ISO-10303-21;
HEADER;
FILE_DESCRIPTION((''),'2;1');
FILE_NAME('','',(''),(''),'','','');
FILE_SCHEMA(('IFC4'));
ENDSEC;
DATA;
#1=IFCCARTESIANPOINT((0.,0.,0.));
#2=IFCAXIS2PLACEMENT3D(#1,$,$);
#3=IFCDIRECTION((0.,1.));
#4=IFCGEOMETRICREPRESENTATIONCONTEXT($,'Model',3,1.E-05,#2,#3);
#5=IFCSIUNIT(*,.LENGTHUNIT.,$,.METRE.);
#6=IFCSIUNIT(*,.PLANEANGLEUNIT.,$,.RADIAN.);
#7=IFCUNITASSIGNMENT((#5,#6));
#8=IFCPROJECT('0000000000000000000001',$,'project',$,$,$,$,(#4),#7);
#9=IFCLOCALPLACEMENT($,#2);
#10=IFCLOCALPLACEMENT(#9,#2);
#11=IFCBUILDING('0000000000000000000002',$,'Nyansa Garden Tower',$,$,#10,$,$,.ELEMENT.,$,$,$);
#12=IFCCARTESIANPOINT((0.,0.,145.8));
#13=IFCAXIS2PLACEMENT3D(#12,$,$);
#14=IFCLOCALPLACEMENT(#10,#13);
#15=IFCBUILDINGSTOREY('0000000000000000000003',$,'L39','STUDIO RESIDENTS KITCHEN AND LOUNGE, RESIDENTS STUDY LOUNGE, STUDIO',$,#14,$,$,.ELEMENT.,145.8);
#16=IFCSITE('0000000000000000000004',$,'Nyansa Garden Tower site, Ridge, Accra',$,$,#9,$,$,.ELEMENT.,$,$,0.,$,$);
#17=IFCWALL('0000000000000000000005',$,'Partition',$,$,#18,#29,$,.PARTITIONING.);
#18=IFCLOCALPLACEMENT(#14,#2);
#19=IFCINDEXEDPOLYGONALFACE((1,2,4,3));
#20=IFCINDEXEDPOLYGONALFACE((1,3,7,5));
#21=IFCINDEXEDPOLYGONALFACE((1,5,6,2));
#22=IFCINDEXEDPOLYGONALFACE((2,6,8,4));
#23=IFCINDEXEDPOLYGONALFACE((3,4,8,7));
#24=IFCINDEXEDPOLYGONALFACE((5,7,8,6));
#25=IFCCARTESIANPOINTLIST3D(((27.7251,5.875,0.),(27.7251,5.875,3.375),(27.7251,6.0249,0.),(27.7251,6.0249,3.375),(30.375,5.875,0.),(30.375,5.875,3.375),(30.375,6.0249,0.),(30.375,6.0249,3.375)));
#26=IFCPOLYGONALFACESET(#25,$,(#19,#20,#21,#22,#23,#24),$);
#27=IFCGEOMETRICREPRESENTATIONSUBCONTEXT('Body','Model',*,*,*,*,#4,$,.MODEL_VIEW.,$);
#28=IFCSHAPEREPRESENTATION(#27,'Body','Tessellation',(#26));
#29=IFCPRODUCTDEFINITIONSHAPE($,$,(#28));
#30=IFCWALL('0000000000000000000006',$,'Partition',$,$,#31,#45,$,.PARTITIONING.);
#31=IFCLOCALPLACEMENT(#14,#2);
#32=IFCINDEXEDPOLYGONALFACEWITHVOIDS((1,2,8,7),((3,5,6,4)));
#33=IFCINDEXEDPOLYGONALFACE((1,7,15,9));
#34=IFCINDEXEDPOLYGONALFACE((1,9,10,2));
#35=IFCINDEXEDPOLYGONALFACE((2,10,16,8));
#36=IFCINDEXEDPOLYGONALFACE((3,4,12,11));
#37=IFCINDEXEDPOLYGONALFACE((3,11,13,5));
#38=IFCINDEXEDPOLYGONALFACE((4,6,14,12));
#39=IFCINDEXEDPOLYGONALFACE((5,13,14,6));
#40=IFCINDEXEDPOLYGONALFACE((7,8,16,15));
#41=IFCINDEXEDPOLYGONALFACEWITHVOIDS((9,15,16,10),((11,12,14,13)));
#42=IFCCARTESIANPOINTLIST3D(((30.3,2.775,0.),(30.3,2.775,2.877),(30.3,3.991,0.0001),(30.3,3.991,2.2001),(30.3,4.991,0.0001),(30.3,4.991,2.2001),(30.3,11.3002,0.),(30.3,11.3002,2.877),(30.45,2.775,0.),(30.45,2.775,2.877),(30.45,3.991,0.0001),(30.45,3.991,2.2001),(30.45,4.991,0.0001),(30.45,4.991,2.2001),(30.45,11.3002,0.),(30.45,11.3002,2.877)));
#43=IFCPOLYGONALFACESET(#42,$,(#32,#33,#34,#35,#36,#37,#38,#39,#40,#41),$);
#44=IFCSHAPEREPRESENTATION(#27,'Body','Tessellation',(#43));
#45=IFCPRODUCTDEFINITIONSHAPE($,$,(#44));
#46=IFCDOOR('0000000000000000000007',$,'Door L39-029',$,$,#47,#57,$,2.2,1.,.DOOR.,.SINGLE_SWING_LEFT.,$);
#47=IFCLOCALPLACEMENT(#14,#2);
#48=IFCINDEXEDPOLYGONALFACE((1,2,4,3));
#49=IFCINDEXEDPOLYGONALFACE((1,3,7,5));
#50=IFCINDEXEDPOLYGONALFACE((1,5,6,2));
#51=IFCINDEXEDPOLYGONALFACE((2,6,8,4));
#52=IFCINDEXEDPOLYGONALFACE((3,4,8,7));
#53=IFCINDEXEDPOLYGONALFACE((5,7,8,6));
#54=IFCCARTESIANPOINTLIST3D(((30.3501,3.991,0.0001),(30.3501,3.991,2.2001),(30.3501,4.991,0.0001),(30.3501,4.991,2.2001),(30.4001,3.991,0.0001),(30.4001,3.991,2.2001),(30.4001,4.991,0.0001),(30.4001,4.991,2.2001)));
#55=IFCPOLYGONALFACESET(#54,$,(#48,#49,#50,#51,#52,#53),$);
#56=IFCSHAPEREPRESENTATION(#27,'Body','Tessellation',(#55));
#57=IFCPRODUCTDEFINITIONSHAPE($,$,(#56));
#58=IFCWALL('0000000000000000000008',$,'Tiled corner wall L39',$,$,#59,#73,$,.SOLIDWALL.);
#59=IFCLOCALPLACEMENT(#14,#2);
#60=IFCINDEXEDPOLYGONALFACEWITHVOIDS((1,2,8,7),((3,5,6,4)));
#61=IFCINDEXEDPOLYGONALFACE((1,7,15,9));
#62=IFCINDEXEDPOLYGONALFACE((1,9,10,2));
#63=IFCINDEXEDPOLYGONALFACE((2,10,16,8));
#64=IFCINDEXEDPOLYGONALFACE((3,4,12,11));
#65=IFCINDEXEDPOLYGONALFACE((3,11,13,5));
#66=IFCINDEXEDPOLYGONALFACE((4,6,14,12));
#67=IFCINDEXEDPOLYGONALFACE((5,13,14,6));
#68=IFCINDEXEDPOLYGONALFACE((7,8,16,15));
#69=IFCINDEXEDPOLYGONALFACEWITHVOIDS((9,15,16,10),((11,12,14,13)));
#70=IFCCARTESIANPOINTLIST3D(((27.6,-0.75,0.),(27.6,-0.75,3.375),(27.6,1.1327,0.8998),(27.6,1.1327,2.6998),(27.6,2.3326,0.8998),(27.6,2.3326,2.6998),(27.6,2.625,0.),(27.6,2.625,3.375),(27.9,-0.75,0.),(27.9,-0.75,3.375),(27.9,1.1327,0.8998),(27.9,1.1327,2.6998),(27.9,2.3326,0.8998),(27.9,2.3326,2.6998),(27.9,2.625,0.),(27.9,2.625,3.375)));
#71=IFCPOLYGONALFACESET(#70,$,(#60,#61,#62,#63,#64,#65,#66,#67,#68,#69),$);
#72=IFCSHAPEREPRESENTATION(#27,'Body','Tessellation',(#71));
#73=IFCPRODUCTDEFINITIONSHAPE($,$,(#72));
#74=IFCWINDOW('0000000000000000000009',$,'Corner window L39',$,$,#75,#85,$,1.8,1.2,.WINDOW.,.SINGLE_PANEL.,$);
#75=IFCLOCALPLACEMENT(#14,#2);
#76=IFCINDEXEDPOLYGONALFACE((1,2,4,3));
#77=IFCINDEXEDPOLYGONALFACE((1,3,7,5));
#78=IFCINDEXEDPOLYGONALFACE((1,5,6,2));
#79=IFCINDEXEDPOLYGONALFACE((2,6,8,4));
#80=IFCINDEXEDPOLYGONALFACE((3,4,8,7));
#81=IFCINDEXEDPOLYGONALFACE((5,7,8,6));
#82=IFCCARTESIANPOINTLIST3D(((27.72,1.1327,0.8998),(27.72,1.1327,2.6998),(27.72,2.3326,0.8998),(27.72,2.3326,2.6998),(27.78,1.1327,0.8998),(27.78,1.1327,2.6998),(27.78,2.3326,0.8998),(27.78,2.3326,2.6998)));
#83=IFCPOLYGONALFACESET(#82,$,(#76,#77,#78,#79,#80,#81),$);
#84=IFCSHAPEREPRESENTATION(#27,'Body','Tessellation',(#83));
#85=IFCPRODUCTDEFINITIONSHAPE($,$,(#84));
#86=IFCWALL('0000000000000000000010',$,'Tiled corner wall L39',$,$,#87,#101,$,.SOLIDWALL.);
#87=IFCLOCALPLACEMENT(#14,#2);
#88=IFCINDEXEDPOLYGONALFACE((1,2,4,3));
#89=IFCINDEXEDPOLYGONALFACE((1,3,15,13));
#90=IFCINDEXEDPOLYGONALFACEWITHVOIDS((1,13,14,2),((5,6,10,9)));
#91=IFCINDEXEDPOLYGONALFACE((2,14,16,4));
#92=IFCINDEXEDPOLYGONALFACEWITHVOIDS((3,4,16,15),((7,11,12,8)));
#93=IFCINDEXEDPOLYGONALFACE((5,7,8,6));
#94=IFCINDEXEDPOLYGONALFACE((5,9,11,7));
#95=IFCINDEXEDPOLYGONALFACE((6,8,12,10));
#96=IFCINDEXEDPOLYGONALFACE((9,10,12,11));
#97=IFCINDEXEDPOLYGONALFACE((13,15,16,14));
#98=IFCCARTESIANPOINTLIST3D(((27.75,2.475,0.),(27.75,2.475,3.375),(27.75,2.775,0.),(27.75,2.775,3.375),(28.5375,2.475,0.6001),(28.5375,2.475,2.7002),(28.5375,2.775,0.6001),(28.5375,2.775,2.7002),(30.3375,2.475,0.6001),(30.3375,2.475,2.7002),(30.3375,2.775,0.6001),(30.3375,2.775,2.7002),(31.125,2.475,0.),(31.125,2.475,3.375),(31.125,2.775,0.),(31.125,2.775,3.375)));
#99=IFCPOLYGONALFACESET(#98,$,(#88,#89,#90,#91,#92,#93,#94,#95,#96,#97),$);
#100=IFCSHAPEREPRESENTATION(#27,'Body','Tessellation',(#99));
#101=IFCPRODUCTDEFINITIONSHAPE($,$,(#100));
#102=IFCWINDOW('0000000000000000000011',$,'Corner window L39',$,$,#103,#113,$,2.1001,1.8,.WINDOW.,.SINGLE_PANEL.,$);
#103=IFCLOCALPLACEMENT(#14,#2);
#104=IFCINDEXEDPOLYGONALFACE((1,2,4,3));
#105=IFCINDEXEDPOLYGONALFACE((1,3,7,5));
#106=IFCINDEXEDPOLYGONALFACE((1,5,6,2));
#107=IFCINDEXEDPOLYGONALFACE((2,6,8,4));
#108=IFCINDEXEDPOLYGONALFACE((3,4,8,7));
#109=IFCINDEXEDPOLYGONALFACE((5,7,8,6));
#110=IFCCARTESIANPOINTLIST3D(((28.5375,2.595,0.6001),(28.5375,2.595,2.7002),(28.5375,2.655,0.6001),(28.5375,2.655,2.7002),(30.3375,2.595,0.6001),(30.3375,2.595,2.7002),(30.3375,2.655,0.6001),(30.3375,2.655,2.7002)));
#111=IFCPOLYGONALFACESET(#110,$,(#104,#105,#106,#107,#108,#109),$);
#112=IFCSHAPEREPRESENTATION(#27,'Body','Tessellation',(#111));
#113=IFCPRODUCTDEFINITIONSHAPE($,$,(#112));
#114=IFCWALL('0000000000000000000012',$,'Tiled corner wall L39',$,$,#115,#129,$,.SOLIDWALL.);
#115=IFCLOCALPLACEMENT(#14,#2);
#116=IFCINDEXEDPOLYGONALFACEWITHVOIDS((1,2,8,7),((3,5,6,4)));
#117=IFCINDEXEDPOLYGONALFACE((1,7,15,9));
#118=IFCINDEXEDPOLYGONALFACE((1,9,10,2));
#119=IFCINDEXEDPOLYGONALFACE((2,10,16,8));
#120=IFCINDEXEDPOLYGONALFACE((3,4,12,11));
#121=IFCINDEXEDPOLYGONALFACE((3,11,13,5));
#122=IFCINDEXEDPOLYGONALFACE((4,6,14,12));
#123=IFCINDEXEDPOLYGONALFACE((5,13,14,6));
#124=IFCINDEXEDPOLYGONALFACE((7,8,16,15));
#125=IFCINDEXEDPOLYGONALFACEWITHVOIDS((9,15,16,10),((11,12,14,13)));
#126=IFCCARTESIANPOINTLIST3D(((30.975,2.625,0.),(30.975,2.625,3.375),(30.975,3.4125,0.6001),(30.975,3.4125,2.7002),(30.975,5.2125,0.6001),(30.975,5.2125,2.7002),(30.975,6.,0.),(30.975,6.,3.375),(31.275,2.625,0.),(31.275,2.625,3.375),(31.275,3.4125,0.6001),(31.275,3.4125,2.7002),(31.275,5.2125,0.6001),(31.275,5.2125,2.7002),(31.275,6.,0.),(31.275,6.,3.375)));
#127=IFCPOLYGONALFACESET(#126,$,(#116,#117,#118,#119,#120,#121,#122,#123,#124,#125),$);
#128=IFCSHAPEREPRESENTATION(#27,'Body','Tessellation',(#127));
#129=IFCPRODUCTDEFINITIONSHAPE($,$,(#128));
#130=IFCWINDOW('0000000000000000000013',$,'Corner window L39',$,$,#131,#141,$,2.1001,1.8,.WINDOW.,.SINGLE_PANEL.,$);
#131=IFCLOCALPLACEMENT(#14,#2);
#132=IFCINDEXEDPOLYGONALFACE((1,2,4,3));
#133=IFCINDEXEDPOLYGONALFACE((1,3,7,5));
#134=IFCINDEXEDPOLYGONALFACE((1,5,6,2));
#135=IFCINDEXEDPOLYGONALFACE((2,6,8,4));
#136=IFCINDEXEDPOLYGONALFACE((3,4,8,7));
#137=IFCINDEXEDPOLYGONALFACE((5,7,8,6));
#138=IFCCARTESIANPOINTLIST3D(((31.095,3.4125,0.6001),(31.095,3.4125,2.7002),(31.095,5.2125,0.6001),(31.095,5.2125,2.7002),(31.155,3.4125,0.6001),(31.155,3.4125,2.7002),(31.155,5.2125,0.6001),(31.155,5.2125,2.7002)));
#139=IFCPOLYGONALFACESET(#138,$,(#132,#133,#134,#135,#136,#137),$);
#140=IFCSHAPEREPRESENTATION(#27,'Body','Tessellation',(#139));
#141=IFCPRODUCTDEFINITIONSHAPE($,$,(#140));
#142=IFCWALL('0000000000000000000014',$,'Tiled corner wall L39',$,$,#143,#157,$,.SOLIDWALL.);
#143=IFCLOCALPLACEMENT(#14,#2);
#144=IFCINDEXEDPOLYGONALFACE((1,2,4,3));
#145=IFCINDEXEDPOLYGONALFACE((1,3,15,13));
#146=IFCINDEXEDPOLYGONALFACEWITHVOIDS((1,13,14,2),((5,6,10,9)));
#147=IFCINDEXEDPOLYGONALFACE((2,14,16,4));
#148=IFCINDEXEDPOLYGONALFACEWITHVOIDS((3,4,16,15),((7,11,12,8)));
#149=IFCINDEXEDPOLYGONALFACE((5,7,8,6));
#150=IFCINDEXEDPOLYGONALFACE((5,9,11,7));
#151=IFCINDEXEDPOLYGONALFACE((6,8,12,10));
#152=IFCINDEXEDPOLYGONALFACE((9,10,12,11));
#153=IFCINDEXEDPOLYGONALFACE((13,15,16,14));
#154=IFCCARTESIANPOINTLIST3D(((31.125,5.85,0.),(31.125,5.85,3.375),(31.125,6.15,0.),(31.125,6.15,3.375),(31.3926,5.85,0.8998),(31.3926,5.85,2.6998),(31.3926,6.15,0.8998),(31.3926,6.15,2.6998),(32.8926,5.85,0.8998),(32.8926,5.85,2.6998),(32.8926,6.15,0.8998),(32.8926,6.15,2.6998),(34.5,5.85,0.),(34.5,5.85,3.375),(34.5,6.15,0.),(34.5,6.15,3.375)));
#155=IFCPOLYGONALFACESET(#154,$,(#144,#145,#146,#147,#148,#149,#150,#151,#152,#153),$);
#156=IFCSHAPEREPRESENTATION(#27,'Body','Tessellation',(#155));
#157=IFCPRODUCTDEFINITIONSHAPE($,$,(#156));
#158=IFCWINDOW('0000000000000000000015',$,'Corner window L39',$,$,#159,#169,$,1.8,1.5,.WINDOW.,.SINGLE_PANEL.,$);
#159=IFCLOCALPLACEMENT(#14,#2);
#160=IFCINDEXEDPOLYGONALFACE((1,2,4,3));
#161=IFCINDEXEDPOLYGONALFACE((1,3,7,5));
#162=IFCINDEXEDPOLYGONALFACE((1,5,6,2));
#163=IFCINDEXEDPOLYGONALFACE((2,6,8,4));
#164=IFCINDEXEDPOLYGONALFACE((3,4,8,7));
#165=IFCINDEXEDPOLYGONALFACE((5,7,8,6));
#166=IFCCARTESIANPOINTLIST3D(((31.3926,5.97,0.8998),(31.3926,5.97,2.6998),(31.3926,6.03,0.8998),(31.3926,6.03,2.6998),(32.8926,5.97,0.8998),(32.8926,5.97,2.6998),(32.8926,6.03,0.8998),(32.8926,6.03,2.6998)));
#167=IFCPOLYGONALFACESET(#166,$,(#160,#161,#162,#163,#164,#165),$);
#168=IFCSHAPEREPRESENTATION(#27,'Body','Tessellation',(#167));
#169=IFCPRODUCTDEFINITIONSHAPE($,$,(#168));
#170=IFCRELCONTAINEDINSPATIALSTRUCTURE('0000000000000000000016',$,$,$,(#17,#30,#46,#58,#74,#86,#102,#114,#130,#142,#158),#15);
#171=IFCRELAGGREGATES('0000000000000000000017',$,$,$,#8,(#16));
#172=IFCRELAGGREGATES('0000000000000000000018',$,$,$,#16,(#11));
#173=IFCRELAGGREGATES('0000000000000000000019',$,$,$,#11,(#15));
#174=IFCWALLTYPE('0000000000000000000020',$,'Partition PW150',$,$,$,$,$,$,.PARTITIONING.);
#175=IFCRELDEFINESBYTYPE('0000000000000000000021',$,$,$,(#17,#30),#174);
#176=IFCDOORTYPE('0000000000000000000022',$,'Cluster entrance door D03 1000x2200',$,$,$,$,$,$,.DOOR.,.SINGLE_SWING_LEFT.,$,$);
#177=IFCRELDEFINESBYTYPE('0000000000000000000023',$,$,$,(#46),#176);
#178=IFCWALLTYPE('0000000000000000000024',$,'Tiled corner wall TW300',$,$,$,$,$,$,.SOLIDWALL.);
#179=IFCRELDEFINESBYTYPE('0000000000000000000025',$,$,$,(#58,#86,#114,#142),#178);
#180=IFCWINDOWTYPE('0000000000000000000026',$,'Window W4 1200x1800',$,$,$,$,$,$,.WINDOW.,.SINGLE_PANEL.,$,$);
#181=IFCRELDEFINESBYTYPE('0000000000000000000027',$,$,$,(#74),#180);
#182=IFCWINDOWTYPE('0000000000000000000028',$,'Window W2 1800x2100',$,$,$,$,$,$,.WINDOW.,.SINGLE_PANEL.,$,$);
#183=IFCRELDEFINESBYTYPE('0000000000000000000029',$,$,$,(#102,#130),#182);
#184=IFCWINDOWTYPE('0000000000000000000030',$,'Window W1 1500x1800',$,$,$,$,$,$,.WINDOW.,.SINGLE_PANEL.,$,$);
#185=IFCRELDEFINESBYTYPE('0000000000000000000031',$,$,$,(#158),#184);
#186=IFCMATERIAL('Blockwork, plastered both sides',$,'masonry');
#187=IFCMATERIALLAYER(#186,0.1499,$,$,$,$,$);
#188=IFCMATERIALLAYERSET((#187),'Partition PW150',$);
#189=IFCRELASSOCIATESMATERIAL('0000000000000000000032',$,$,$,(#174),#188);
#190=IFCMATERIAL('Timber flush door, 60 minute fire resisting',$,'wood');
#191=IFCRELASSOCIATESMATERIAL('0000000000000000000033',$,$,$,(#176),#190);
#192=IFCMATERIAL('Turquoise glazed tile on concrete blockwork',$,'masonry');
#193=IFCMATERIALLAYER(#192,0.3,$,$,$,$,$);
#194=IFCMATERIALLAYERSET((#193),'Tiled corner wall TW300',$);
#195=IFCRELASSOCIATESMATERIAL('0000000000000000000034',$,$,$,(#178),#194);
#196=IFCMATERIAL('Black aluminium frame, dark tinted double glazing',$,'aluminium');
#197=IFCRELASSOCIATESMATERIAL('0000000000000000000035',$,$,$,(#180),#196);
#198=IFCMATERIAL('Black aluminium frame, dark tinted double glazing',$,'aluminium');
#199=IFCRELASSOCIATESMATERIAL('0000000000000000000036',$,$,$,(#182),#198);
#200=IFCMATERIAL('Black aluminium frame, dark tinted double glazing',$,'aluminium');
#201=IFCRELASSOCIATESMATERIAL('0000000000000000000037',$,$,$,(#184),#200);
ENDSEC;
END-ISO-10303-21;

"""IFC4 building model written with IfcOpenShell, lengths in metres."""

from ifc_helpers import new_model, si_unit, direction, frame, frame_2d, origin, place, context, subcontext, project, spatial, rectangle, extrude, material, layer, layer_set, type_object, element, fill, save


model = new_model("IFC4")

# Units and contexts
model_context = context("Model", 3, precision=1e-05, world=origin(), true_north=direction((0.0, 1.0)))
body_context = subcontext(model_context, "Body", "Model", "MODEL_VIEW")
ifc_project = project(units=[si_unit("LENGTHUNIT", "METRE"), si_unit("PLANEANGLEUNIT", "RADIAN")], contexts=[model_context])

# Site, building, storey
site_placement = place(None, origin())
site = spatial("IfcSite", under=ifc_project, at=site_placement, Name="Nyansa Garden Tower site, Ridge, Accra", CompositionType="ELEMENT", RefElevation=0.0)
building_placement = place(site_placement, origin())
building = spatial("IfcBuilding", under=site, at=building_placement, Name="Nyansa Garden Tower", CompositionType="ELEMENT")
storey_placement = place(building_placement, frame((0.0, 0.0, 145.8)))
storey = spatial("IfcBuildingStorey", under=building, at=storey_placement, Name="L39", Description="STUDIO RESIDENTS KITCHEN AND LOUNGE, RESIDENTS STUDY LOUNGE, STUDIO", CompositionType="ELEMENT", Elevation=145.8)

# Wall
ifc_material_1 = material(Name="Blockwork, plastered both sides", Category="masonry")
ifc_layer_1 = layer(ifc_material_1, 0.1499)
ifc_layer_set_1 = layer_set([ifc_layer_1], Name="Partition PW150")
wall_type_1 = type_object("IfcWallType", Name="Partition PW150", PredefinedType="PARTITIONING", material=ifc_layer_set_1)
wall_1_placement = place(storey_placement, frame((27.7251, 5.95, 0.0), z_axis=(0.0, 0.0, 1.0), x_axis=(1.0, 0.0, 0.0)))
element("IfcWall", 1, at=wall_1_placement, inside=storey, type_object=wall_type_1, Name="Partition", PredefinedType="PARTITIONING", context=body_context, shape_type="SweptSolid", body=[
    extrude(rectangle(XDim=2.6499, YDim=0.1499, at=frame_2d((1.325, 0.0))), origin(), (0.0, 0.0, 1.0), 3.375),
])

# Wall, opening, door
wall_2_placement = place(storey_placement, frame((30.375, 2.7749, 0.0), z_axis=(0.0, 0.0, 1.0), x_axis=(0.0, 1.0, 0.0)))
wall_2 = element("IfcWall", 2, at=wall_2_placement, inside=storey, type_object=wall_type_1, Name="Partition", PredefinedType="PARTITIONING", context=body_context, shape_type="SweptSolid", body=[
    extrude(rectangle(XDim=8.5251, YDim=0.1499, at=frame_2d((4.2627, 0.0))), origin(), (0.0, 0.0, 1.0), 2.877),
])
opening_1_placement = place(wall_2_placement, frame((1.2161, 0.0, 0.0)))
opening_1 = element("IfcOpeningElement", 3, at=opening_1_placement, cuts=wall_2, PredefinedType="OPENING", context=body_context, shape_type="SweptSolid", body=[
    extrude(rectangle(XDim=1.0, YDim=2.2, at=frame_2d((0.5, 1.1001))), frame((0.0, 0.085, 0.0), z_axis=(0.0, -1.0, 0.0), x_axis=(1.0, 0.0, 0.0)), (0.0, 0.0, 1.0), 0.1699),
])
ifc_material_2 = material(Name="Timber flush door, 60 minute fire resisting", Category="wood")
door_type = type_object("IfcDoorType", Name="Cluster entrance door D03 1000x2200", OperationType="SINGLE_SWING_LEFT", PredefinedType="DOOR", material=ifc_material_2)
door_placement = place(opening_1_placement, origin())
door = element("IfcDoor", 4, at=door_placement, inside=storey, type_object=door_type, Name="Door L39-029", OperationType="SINGLE_SWING_LEFT", OverallHeight=2.2, OverallWidth=1.0, PredefinedType="DOOR", context=body_context, shape_type="SweptSolid", body=[
    extrude(rectangle(XDim=1.0, YDim=2.2, at=frame_2d((0.5, 1.1001))), frame((0.0, 0.0249, 0.0), z_axis=(0.0, -1.0, 0.0), x_axis=(1.0, 0.0, 0.0)), (0.0, 0.0, 1.0), 0.05),
])
fill(opening_1, door)

# Walls, openings, windows
ifc_material_3 = material(Name="Turquoise glazed tile on concrete blockwork", Category="masonry")
ifc_layer_2 = layer(ifc_material_3, 0.3)
ifc_layer_set_2 = layer_set([ifc_layer_2], Name="Tiled corner wall TW300")
wall_type_2 = type_object("IfcWallType", Name="Tiled corner wall TW300", PredefinedType="SOLIDWALL", material=ifc_layer_set_2)
wall_3_placement = place(storey_placement, frame((27.75, -0.75, 0.0), z_axis=(0.0, 0.0, 1.0), x_axis=(0.0, 1.0, 0.0)))
wall_3 = element("IfcWall", 5, at=wall_3_placement, inside=storey, type_object=wall_type_2, Name="Tiled corner wall L39", PredefinedType="SOLIDWALL", context=body_context, shape_type="SweptSolid", body=[
    extrude(rectangle(XDim=3.375, YDim=0.3, at=frame_2d((1.6875, 0.0))), origin(), (0.0, 0.0, 1.0), 3.375),
])
opening_2_placement = place(wall_3_placement, frame((1.8826, 0.0, 0.8999)))
opening_2 = element("IfcOpeningElement", 6, at=opening_2_placement, cuts=wall_3, PredefinedType="OPENING", context=body_context, shape_type="SweptSolid", body=[
    extrude(rectangle(XDim=1.2, YDim=1.8, at=frame_2d((0.6001, 0.8999))), frame((0.0, 0.1599, 0.0), z_axis=(0.0, -1.0, 0.0), x_axis=(1.0, 0.0, 0.0)), (0.0, 0.0, 1.0), 0.3201),
])
ifc_material_4 = material(Name="Black aluminium frame, dark tinted double glazing", Category="aluminium")
window_type_1 = type_object("IfcWindowType", Name="Window W4 1200x1800", PartitioningType="SINGLE_PANEL", PredefinedType="WINDOW", material=ifc_material_4)
window_1_placement = place(opening_2_placement, origin())
window_1 = element("IfcWindow", 7, at=window_1_placement, inside=storey, type_object=window_type_1, Name="Corner window L39", OverallHeight=1.8, OverallWidth=1.2, PartitioningType="SINGLE_PANEL", PredefinedType="WINDOW", context=body_context, shape_type="SweptSolid", body=[
    extrude(rectangle(XDim=1.2, YDim=1.8, at=frame_2d((0.6001, 0.8999))), frame((0.0, 0.03, 0.0), z_axis=(0.0, -1.0, 0.0), x_axis=(1.0, 0.0, 0.0)), (0.0, 0.0, 1.0), 0.0601),
])
fill(opening_2, window_1)
wall_4_placement = place(storey_placement, frame((27.75, 2.625, 0.0), z_axis=(0.0, 0.0, 1.0), x_axis=(1.0, 0.0, 0.0)))
wall_4 = element("IfcWall", 8, at=wall_4_placement, inside=storey, type_object=wall_type_2, Name="Tiled corner wall L39", PredefinedType="SOLIDWALL", context=body_context, shape_type="SweptSolid", body=[
    extrude(rectangle(XDim=3.375, YDim=0.3, at=frame_2d((1.6875, 0.0))), origin(), (0.0, 0.0, 1.0), 3.375),
])
opening_3_placement = place(wall_4_placement, frame((0.7876, 0.0, 0.6001)))
opening_3 = element("IfcOpeningElement", 9, at=opening_3_placement, cuts=wall_4, PredefinedType="OPENING", context=body_context, shape_type="SweptSolid", body=[
    extrude(rectangle(XDim=1.8, YDim=2.1001, at=frame_2d((0.8999, 1.05))), frame((0.0, 0.1599, 0.0), z_axis=(0.0, -1.0, 0.0), x_axis=(1.0, 0.0, 0.0)), (0.0, 0.0, 1.0), 0.3201),
])
ifc_material_5 = material(Name="Black aluminium frame, dark tinted double glazing", Category="aluminium")
window_type_2 = type_object("IfcWindowType", Name="Window W2 1800x2100", PartitioningType="SINGLE_PANEL", PredefinedType="WINDOW", material=ifc_material_5)
window_2_placement = place(opening_3_placement, origin())
window_2 = element("IfcWindow", 10, at=window_2_placement, inside=storey, type_object=window_type_2, Name="Corner window L39", OverallHeight=2.1001, OverallWidth=1.8, PartitioningType="SINGLE_PANEL", PredefinedType="WINDOW", context=body_context, shape_type="SweptSolid", body=[
    extrude(rectangle(XDim=1.8, YDim=2.1001, at=frame_2d((0.8999, 1.05))), frame((0.0, 0.03, 0.0), z_axis=(0.0, -1.0, 0.0), x_axis=(1.0, 0.0, 0.0)), (0.0, 0.0, 1.0), 0.0601),
])
fill(opening_3, window_2)
wall_5_placement = place(storey_placement, frame((31.125, 2.625, 0.0), z_axis=(0.0, 0.0, 1.0), x_axis=(0.0, 1.0, 0.0)))
wall_5 = element("IfcWall", 11, at=wall_5_placement, inside=storey, type_object=wall_type_2, Name="Tiled corner wall L39", PredefinedType="SOLIDWALL", context=body_context, shape_type="SweptSolid", body=[
    extrude(rectangle(XDim=3.375, YDim=0.3, at=frame_2d((1.6875, 0.0))), origin(), (0.0, 0.0, 1.0), 3.375),
])
opening_4_placement = place(wall_5_placement, frame((0.7876, 0.0, 0.6001)))
opening_4 = element("IfcOpeningElement", 12, at=opening_4_placement, cuts=wall_5, PredefinedType="OPENING", context=body_context, shape_type="SweptSolid", body=[
    extrude(rectangle(XDim=1.8, YDim=2.1001, at=frame_2d((0.8999, 1.05))), frame((0.0, 0.1599, 0.0), z_axis=(0.0, -1.0, 0.0), x_axis=(1.0, 0.0, 0.0)), (0.0, 0.0, 1.0), 0.3201),
])
window_3_placement = place(opening_4_placement, origin())
window_3 = element("IfcWindow", 13, at=window_3_placement, inside=storey, type_object=window_type_2, Name="Corner window L39", OverallHeight=2.1001, OverallWidth=1.8, PartitioningType="SINGLE_PANEL", PredefinedType="WINDOW", context=body_context, shape_type="SweptSolid", body=[
    extrude(rectangle(XDim=1.8, YDim=2.1001, at=frame_2d((0.8999, 1.05))), frame((0.0, 0.03, 0.0), z_axis=(0.0, -1.0, 0.0), x_axis=(1.0, 0.0, 0.0)), (0.0, 0.0, 1.0), 0.0601),
])
fill(opening_4, window_3)
wall_6_placement = place(storey_placement, frame((31.125, 6.0, 0.0), z_axis=(0.0, 0.0, 1.0), x_axis=(1.0, 0.0, 0.0)))
wall_6 = element("IfcWall", 14, at=wall_6_placement, inside=storey, type_object=wall_type_2, Name="Tiled corner wall L39", PredefinedType="SOLIDWALL", context=body_context, shape_type="SweptSolid", body=[
    extrude(rectangle(XDim=3.375, YDim=0.3, at=frame_2d((1.6875, 0.0))), origin(), (0.0, 0.0, 1.0), 3.375),
])
opening_5_placement = place(wall_6_placement, frame((0.2676, 0.0, 0.8999)))
opening_5 = element("IfcOpeningElement", 15, at=opening_5_placement, cuts=wall_6, PredefinedType="OPENING", context=body_context, shape_type="SweptSolid", body=[
    extrude(rectangle(XDim=1.5, YDim=1.8, at=frame_2d((0.75, 0.8999))), frame((0.0, 0.1599, 0.0), z_axis=(0.0, -1.0, 0.0), x_axis=(1.0, 0.0, 0.0)), (0.0, 0.0, 1.0), 0.3201),
])
ifc_material_6 = material(Name="Black aluminium frame, dark tinted double glazing", Category="aluminium")
window_type_3 = type_object("IfcWindowType", Name="Window W1 1500x1800", PartitioningType="SINGLE_PANEL", PredefinedType="WINDOW", material=ifc_material_6)
window_4_placement = place(opening_5_placement, origin())
window_4 = element("IfcWindow", 16, at=window_4_placement, inside=storey, type_object=window_type_3, Name="Corner window L39", OverallHeight=1.8, OverallWidth=1.5, PartitioningType="SINGLE_PANEL", PredefinedType="WINDOW", context=body_context, shape_type="SweptSolid", body=[
    extrude(rectangle(XDim=1.5, YDim=1.8, at=frame_2d((0.75, 0.8999))), frame((0.0, 0.03, 0.0), z_axis=(0.0, -1.0, 0.0), x_axis=(1.0, 0.0, 0.0)), (0.0, 0.0, 1.0), 0.0601),
])
fill(opening_5, window_4)

save(model, "model.ifc")
